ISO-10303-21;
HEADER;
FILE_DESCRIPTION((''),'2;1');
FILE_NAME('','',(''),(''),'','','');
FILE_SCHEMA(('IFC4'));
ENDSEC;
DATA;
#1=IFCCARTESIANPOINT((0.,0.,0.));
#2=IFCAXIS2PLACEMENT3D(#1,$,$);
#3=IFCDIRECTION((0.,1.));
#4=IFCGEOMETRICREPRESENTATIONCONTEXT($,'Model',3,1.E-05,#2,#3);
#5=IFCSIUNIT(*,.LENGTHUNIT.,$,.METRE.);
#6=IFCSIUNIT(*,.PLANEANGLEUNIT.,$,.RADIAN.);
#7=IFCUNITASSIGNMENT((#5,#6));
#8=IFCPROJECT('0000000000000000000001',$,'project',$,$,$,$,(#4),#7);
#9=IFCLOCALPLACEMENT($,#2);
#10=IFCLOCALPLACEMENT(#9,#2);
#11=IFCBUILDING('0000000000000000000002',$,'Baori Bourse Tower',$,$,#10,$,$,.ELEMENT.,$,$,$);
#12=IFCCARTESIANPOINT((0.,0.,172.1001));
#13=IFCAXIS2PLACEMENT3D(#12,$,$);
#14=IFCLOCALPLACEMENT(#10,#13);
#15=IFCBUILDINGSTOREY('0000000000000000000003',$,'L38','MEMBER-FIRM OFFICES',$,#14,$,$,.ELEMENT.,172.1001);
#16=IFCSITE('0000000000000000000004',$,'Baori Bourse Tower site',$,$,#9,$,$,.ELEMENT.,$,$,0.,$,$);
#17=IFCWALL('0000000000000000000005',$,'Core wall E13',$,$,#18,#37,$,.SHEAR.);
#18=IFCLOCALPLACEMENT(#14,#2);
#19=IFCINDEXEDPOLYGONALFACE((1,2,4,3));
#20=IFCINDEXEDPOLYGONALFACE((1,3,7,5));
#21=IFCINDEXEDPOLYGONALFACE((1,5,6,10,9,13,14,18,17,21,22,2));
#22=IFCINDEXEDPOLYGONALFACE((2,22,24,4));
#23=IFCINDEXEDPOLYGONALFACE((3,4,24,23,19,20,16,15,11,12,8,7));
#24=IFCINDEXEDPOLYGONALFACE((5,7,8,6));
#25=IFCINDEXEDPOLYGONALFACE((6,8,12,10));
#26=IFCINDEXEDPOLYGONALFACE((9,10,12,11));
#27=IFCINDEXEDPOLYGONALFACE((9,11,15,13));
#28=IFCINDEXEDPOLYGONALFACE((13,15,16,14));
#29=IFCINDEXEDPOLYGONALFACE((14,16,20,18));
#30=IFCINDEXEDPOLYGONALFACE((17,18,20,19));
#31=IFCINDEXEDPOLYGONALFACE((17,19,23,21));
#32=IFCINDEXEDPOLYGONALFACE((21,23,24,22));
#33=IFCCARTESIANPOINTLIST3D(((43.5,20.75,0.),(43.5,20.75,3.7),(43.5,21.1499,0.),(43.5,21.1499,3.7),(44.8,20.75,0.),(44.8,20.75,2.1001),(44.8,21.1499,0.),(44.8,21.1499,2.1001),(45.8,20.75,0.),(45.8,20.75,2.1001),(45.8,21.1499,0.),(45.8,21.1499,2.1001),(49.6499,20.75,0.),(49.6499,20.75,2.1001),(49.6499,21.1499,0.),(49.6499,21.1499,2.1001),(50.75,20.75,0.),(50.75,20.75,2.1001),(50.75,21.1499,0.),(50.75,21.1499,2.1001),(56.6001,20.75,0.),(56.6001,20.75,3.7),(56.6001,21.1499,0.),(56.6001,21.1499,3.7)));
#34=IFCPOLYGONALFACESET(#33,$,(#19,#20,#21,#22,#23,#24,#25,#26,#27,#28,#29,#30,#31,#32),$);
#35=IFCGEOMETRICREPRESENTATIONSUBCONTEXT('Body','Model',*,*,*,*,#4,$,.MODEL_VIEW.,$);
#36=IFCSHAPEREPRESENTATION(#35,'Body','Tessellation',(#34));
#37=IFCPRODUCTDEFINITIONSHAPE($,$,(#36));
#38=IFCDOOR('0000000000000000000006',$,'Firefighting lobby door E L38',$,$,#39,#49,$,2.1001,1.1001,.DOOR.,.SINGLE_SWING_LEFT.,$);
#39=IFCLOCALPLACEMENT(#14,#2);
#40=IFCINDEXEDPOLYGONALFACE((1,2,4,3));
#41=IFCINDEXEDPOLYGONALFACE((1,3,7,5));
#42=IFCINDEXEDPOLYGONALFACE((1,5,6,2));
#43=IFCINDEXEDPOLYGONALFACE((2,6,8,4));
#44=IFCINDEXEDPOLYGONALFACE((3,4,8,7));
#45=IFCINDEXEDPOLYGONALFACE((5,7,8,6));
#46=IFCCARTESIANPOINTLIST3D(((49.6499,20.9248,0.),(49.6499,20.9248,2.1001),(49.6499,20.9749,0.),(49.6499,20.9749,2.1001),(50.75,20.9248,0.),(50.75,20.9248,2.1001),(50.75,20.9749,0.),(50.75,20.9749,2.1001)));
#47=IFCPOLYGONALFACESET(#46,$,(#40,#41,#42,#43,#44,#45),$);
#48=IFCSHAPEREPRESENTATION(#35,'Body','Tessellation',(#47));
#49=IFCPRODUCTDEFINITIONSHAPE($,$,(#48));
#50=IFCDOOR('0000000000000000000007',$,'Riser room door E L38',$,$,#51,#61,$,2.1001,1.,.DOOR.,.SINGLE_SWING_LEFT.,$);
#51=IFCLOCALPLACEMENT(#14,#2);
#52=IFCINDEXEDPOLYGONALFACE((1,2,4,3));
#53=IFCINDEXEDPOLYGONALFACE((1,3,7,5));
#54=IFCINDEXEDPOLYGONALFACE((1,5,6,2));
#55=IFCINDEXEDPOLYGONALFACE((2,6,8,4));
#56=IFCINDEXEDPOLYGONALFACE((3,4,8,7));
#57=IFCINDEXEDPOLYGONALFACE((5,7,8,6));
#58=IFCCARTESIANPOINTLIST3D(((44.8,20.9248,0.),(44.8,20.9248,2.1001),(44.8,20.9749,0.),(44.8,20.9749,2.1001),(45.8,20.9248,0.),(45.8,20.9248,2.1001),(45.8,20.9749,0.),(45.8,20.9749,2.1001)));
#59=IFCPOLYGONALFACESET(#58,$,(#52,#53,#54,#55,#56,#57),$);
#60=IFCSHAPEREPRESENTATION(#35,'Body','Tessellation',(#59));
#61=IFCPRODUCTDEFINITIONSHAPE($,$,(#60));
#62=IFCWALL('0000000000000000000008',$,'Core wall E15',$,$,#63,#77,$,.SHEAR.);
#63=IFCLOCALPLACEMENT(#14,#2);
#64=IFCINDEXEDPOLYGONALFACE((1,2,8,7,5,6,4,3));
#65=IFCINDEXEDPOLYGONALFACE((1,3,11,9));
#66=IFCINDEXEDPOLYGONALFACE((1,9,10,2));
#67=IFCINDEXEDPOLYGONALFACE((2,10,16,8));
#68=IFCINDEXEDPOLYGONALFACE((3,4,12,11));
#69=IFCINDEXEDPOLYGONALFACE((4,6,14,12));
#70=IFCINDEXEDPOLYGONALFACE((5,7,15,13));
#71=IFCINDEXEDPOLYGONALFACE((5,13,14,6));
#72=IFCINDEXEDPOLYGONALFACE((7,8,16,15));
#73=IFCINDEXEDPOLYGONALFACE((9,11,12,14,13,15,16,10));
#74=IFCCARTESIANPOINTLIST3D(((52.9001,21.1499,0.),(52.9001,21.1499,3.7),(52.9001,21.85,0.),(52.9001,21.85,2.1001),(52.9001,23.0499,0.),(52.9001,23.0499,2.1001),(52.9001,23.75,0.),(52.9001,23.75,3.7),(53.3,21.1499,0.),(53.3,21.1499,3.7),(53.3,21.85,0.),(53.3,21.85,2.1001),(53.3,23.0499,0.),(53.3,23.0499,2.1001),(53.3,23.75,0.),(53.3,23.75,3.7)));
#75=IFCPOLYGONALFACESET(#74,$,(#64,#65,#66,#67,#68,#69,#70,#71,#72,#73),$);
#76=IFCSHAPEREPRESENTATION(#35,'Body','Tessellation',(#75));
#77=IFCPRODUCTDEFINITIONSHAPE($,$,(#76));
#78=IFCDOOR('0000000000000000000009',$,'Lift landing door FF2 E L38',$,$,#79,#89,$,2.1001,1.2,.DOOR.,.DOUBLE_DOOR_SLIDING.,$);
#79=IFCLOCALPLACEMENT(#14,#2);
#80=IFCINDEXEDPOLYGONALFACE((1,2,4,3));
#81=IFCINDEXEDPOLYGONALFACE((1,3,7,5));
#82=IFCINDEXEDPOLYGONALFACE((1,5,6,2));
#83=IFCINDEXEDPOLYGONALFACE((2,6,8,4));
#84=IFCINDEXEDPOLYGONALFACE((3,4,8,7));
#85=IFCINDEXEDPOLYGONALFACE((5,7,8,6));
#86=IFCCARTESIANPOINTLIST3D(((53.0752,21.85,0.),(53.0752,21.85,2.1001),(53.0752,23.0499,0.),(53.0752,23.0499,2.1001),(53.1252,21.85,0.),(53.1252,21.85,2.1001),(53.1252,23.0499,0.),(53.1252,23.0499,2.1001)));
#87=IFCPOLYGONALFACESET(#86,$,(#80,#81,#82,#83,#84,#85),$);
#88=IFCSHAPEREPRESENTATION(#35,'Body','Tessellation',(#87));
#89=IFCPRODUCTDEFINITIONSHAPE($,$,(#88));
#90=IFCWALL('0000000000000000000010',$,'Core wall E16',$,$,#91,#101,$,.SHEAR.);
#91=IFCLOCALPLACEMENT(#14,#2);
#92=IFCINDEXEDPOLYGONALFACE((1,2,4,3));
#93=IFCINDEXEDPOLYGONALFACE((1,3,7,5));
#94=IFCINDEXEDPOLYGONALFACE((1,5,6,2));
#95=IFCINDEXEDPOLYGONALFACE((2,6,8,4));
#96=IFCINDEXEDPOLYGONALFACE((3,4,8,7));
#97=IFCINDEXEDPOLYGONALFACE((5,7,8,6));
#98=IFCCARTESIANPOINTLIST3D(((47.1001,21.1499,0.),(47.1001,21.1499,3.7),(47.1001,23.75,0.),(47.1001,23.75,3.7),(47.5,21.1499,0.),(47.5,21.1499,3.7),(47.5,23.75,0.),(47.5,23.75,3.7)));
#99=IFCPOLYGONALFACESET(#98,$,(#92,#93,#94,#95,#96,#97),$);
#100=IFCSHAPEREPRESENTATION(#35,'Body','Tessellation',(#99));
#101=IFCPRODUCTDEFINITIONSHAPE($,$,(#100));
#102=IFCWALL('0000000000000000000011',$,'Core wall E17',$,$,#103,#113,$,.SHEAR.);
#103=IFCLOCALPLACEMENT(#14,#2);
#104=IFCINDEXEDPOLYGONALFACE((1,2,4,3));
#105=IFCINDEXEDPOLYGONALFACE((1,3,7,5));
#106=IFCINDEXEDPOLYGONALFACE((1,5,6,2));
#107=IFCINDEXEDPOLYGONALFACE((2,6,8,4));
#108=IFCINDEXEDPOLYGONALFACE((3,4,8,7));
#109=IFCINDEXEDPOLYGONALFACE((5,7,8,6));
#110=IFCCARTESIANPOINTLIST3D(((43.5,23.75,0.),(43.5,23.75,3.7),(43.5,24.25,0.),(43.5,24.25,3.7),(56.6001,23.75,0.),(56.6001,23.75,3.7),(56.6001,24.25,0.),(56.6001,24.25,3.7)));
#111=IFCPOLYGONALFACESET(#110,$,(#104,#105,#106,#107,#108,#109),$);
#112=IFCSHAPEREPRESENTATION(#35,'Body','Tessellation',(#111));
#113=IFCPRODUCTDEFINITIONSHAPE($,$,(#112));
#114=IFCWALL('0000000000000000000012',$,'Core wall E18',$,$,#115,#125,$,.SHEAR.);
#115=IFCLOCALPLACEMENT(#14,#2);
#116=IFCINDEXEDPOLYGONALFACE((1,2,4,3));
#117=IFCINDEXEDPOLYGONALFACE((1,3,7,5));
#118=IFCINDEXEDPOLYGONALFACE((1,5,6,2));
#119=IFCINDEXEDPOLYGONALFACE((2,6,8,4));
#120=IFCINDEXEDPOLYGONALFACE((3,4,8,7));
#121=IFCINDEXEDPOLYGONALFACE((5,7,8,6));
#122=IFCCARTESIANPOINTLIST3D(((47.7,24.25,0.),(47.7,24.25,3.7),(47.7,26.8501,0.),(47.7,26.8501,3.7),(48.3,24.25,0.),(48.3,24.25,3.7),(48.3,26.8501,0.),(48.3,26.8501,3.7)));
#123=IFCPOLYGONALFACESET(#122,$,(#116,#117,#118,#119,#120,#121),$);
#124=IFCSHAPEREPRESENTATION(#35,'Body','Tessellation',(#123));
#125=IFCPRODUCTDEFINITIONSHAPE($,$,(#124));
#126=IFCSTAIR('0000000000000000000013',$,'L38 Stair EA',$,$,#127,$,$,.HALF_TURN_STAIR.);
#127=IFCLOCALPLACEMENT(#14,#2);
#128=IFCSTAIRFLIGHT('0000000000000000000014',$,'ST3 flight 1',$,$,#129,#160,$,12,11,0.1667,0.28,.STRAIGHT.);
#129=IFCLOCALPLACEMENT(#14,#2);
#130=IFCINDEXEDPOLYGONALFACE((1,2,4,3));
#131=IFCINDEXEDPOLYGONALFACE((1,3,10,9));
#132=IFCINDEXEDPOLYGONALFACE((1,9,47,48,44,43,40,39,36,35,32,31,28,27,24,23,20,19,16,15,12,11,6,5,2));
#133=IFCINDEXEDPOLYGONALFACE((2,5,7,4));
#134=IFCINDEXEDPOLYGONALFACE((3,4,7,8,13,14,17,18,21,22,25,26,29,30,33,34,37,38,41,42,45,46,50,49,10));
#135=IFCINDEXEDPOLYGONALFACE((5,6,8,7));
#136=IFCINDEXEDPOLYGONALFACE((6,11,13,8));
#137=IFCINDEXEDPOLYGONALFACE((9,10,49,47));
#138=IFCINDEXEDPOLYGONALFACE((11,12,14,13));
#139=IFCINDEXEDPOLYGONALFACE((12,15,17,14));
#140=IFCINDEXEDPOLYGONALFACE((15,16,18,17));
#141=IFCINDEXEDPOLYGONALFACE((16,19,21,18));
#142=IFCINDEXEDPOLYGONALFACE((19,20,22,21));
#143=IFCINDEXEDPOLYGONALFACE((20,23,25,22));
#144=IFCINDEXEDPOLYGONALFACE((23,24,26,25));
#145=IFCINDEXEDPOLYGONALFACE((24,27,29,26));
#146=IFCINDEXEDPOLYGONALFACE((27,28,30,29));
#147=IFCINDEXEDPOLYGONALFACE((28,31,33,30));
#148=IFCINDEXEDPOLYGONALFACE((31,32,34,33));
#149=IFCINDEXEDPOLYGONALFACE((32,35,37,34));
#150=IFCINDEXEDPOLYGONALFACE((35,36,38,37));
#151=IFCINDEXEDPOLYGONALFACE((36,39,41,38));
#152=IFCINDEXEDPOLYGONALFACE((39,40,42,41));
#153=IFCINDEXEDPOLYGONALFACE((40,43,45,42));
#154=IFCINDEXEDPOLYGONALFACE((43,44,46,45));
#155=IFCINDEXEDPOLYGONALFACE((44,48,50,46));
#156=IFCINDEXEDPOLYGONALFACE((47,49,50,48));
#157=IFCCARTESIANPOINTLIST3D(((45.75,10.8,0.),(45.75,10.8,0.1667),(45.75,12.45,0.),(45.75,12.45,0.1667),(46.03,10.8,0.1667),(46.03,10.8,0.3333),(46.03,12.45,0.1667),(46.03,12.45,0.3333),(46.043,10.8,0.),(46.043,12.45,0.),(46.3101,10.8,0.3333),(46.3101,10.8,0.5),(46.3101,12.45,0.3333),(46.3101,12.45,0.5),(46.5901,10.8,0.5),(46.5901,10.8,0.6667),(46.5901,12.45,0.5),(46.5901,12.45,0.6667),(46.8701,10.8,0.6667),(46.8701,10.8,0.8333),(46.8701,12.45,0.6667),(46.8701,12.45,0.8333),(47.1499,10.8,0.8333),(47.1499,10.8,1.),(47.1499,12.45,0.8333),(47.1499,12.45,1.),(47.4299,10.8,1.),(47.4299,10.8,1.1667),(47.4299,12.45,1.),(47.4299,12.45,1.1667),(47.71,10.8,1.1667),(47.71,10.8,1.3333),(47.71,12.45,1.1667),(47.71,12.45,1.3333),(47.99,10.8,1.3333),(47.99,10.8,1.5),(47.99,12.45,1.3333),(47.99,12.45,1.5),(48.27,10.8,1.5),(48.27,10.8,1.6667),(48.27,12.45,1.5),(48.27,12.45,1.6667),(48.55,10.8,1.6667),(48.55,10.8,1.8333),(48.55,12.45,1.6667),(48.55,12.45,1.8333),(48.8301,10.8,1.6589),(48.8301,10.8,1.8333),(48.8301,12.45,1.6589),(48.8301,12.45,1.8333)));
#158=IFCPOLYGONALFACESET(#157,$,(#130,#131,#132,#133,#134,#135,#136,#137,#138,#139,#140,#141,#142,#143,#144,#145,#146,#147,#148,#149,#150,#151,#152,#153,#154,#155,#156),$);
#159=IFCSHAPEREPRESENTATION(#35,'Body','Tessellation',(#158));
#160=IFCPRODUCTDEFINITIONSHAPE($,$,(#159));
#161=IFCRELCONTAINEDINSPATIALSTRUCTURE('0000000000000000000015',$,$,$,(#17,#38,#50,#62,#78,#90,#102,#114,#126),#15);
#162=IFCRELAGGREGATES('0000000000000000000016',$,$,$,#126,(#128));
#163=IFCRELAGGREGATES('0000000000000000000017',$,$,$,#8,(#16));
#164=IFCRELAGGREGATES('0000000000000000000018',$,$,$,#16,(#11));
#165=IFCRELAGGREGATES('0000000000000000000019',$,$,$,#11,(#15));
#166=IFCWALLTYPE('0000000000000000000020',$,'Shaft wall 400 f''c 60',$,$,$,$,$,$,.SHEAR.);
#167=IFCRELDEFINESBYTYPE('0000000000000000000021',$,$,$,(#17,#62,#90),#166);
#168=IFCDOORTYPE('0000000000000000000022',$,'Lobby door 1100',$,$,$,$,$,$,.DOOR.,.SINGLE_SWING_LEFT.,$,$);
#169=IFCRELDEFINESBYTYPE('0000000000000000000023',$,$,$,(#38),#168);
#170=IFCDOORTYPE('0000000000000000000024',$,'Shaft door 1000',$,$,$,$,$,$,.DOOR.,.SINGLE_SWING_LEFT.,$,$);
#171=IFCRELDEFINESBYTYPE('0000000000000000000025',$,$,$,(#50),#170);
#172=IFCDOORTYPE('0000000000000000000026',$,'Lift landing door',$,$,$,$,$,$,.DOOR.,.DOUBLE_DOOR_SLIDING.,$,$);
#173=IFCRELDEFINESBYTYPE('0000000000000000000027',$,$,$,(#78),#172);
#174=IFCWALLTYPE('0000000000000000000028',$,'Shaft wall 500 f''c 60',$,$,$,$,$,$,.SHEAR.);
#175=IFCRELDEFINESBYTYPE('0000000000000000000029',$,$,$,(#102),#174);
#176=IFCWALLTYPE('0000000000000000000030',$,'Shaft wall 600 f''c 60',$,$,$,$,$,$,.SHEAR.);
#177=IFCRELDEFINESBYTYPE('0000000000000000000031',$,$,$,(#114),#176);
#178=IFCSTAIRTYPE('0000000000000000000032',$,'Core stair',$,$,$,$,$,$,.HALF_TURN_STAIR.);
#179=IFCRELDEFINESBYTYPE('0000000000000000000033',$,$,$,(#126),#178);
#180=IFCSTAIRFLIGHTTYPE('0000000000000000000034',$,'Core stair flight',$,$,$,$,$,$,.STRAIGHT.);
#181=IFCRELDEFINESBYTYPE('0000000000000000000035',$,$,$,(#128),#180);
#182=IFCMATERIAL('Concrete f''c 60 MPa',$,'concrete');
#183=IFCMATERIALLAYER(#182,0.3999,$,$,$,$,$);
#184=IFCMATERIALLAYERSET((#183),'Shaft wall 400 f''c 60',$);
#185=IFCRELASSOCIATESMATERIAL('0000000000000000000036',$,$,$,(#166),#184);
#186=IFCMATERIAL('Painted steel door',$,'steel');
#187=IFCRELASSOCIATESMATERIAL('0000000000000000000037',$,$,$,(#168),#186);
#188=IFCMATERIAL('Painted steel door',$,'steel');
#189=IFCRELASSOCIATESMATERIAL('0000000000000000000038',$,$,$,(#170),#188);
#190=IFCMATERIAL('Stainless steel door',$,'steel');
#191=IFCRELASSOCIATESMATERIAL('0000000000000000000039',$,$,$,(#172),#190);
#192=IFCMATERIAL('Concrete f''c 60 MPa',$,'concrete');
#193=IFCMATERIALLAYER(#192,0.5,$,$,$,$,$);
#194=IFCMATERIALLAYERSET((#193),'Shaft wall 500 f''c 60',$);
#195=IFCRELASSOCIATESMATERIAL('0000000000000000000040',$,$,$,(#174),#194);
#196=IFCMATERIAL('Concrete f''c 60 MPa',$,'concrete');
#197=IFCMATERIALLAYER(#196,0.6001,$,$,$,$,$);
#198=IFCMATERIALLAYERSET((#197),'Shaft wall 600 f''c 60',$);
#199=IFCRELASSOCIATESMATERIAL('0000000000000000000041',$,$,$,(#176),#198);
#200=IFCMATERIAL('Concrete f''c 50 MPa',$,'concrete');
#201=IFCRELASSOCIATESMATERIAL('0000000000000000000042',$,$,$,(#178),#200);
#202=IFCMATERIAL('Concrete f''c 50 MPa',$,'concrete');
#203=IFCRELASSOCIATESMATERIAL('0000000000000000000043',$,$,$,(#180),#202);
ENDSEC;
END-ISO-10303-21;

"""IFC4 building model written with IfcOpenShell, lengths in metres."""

from ifc_helpers import new_model, si_unit, direction, frame, frame_2d, origin, place, context, subcontext, project, spatial, polyline, rectangle, outline, extrude, material, layer, layer_set, type_object, element, fill, aggregate, save


model = new_model("IFC4")

# Units and contexts
model_context = context("Model", 3, precision=1e-05, world=origin(), true_north=direction((0.0, 1.0)))
body_context = subcontext(model_context, "Body", "Model", "MODEL_VIEW")
ifc_project = project(units=[si_unit("LENGTHUNIT", "METRE"), si_unit("PLANEANGLEUNIT", "RADIAN")], contexts=[model_context])

# Site, building, storey
site_placement = place(None, origin())
site = spatial("IfcSite", under=ifc_project, at=site_placement, Name="Baori Bourse Tower site", CompositionType="ELEMENT", RefElevation=0.0)
building_placement = place(site_placement, origin())
building = spatial("IfcBuilding", under=site, at=building_placement, Name="Baori Bourse Tower", CompositionType="ELEMENT")
storey_placement = place(building_placement, frame((0.0, 0.0, 172.1001)))
storey = spatial("IfcBuildingStorey", under=building, at=storey_placement, Name="L38", Description="MEMBER-FIRM OFFICES", CompositionType="ELEMENT", Elevation=172.1001)

# Wall, openings, doors
ifc_material_1 = material(Name="Concrete f'c 60 MPa", Category="concrete")
ifc_layer_1 = layer(ifc_material_1, 0.3999)
ifc_layer_set_1 = layer_set([ifc_layer_1], Name="Shaft wall 400 f'c 60")
wall_type_1 = type_object("IfcWallType", Name="Shaft wall 400 f'c 60", PredefinedType="SHEAR", material=ifc_layer_set_1)
wall_1_placement = place(storey_placement, frame((43.5, 20.95, 0.0), z_axis=(0.0, 0.0, 1.0), x_axis=(1.0, 0.0, 0.0)))
wall_1 = element("IfcWall", 1, at=wall_1_placement, inside=storey, type_object=wall_type_1, Name="Core wall E13", PredefinedType="SHEAR", context=body_context, shape_type="SweptSolid", body=[
    extrude(rectangle(XDim=13.1001, YDim=0.3999, at=frame_2d((6.55, 0.0))), origin(), (0.0, 0.0, 1.0), 3.7),
])
opening_1_placement = place(wall_1_placement, frame((6.1499, 0.0, 0.0)))
opening_1 = element("IfcOpeningElement", 2, at=opening_1_placement, cuts=wall_1, PredefinedType="OPENING", context=body_context, shape_type="SweptSolid", body=[
    extrude(rectangle(XDim=1.1001, YDim=2.1001, at=frame_2d((0.55, 1.05))), frame((0.0, 0.21, 0.0), z_axis=(0.0, -1.0, 0.0), x_axis=(1.0, 0.0, 0.0)), (0.0, 0.0, 1.0), 0.4199),
])
opening_2_placement = place(wall_1_placement, frame((1.3, 0.0, 0.0)))
opening_2 = element("IfcOpeningElement", 3, at=opening_2_placement, cuts=wall_1, PredefinedType="OPENING", context=body_context, shape_type="SweptSolid", body=[
    extrude(rectangle(XDim=1.0, YDim=2.1001, at=frame_2d((0.5, 1.05))), frame((0.0, 0.21, 0.0), z_axis=(0.0, -1.0, 0.0), x_axis=(1.0, 0.0, 0.0)), (0.0, 0.0, 1.0), 0.4199),
])
ifc_material_2 = material(Name="Painted steel door", Category="steel")
door_type_1 = type_object("IfcDoorType", Name="Lobby door 1100", OperationType="SINGLE_SWING_LEFT", PredefinedType="DOOR", material=ifc_material_2)
door_1_placement = place(opening_1_placement, origin())
door_1 = element("IfcDoor", 4, at=door_1_placement, inside=storey, type_object=door_type_1, Name="Firefighting lobby door E L38", OperationType="SINGLE_SWING_LEFT", OverallHeight=2.1001, OverallWidth=1.1001, PredefinedType="DOOR", context=body_context, shape_type="SweptSolid", body=[
    extrude(rectangle(XDim=1.1001, YDim=2.1001, at=frame_2d((0.55, 1.05))), frame((0.0, 0.0249, 0.0), z_axis=(0.0, -1.0, 0.0), x_axis=(1.0, 0.0, 0.0)), (0.0, 0.0, 1.0), 0.05),
])
fill(opening_1, door_1)
ifc_material_3 = material(Name="Painted steel door", Category="steel")
door_type_2 = type_object("IfcDoorType", Name="Shaft door 1000", OperationType="SINGLE_SWING_LEFT", PredefinedType="DOOR", material=ifc_material_3)
door_2_placement = place(opening_2_placement, origin())
door_2 = element("IfcDoor", 5, at=door_2_placement, inside=storey, type_object=door_type_2, Name="Riser room door E L38", OperationType="SINGLE_SWING_LEFT", OverallHeight=2.1001, OverallWidth=1.0, PredefinedType="DOOR", context=body_context, shape_type="SweptSolid", body=[
    extrude(rectangle(XDim=1.0, YDim=2.1001, at=frame_2d((0.5, 1.05))), frame((0.0, 0.0249, 0.0), z_axis=(0.0, -1.0, 0.0), x_axis=(1.0, 0.0, 0.0)), (0.0, 0.0, 1.0), 0.05),
])
fill(opening_2, door_2)

# Wall, opening, door
wall_2_placement = place(storey_placement, frame((53.1001, 21.1499, 0.0), z_axis=(0.0, 0.0, 1.0), x_axis=(0.0, 1.0, 0.0)))
wall_2 = element("IfcWall", 6, at=wall_2_placement, inside=storey, type_object=wall_type_1, Name="Core wall E15", PredefinedType="SHEAR", context=body_context, shape_type="SweptSolid", body=[
    extrude(rectangle(XDim=2.6001, YDim=0.3999, at=frame_2d((1.3, 0.0))), origin(), (0.0, 0.0, 1.0), 3.7),
])
opening_3_placement = place(wall_2_placement, frame((0.7, 0.0, 0.0)))
opening_3 = element("IfcOpeningElement", 7, at=opening_3_placement, cuts=wall_2, PredefinedType="OPENING", context=body_context, shape_type="SweptSolid", body=[
    extrude(rectangle(XDim=1.2, YDim=2.1001, at=frame_2d((0.6001, 1.05))), frame((0.0, 0.21, 0.0), z_axis=(0.0, -1.0, 0.0), x_axis=(1.0, 0.0, 0.0)), (0.0, 0.0, 1.0), 0.4199),
])
ifc_material_4 = material(Name="Stainless steel door", Category="steel")
door_type_3 = type_object("IfcDoorType", Name="Lift landing door", OperationType="DOUBLE_DOOR_SLIDING", PredefinedType="DOOR", material=ifc_material_4)
door_3_placement = place(opening_3_placement, origin())
door_3 = element("IfcDoor", 8, at=door_3_placement, inside=storey, type_object=door_type_3, Name="Lift landing door FF2 E L38", OperationType="DOUBLE_DOOR_SLIDING", OverallHeight=2.1001, OverallWidth=1.2, PredefinedType="DOOR", context=body_context, shape_type="SweptSolid", body=[
    extrude(rectangle(XDim=1.2, YDim=2.1001, at=frame_2d((0.6001, 1.05))), frame((0.0, 0.0249, 0.0), z_axis=(0.0, -1.0, 0.0), x_axis=(1.0, 0.0, 0.0)), (0.0, 0.0, 1.0), 0.05),
])
fill(opening_3, door_3)

# Walls
wall_3_placement = place(storey_placement, frame((47.3, 21.1499, 0.0), z_axis=(0.0, 0.0, 1.0), x_axis=(0.0, 1.0, 0.0)))
element("IfcWall", 9, at=wall_3_placement, inside=storey, type_object=wall_type_1, Name="Core wall E16", PredefinedType="SHEAR", context=body_context, shape_type="SweptSolid", body=[
    extrude(rectangle(XDim=2.6001, YDim=0.3999, at=frame_2d((1.3, 0.0))), origin(), (0.0, 0.0, 1.0), 3.7),
])
ifc_material_5 = material(Name="Concrete f'c 60 MPa", Category="concrete")
ifc_layer_2 = layer(ifc_material_5, 0.5)
ifc_layer_set_2 = layer_set([ifc_layer_2], Name="Shaft wall 500 f'c 60")
wall_type_2 = type_object("IfcWallType", Name="Shaft wall 500 f'c 60", PredefinedType="SHEAR", material=ifc_layer_set_2)
wall_4_placement = place(storey_placement, frame((43.5, 24.0, 0.0), z_axis=(0.0, 0.0, 1.0), x_axis=(1.0, 0.0, 0.0)))
element("IfcWall", 10, at=wall_4_placement, inside=storey, type_object=wall_type_2, Name="Core wall E17", PredefinedType="SHEAR", context=body_context, shape_type="SweptSolid", body=[
    extrude(rectangle(XDim=13.1001, YDim=0.5, at=frame_2d((6.55, 0.0))), origin(), (0.0, 0.0, 1.0), 3.7),
])
ifc_material_6 = material(Name="Concrete f'c 60 MPa", Category="concrete")
ifc_layer_3 = layer(ifc_material_6, 0.6001)
ifc_layer_set_3 = layer_set([ifc_layer_3], Name="Shaft wall 600 f'c 60")
wall_type_3 = type_object("IfcWallType", Name="Shaft wall 600 f'c 60", PredefinedType="SHEAR", material=ifc_layer_set_3)
wall_5_placement = place(storey_placement, frame((48.0, 24.25, 0.0), z_axis=(0.0, 0.0, 1.0), x_axis=(0.0, 1.0, 0.0)))
element("IfcWall", 11, at=wall_5_placement, inside=storey, type_object=wall_type_3, Name="Core wall E18", PredefinedType="SHEAR", context=body_context, shape_type="SweptSolid", body=[
    extrude(rectangle(XDim=2.6001, YDim=0.6001, at=frame_2d((1.3, 0.0))), origin(), (0.0, 0.0, 1.0), 3.7),
])

# Stair, stair flight
ifc_material_7 = material(Name="Concrete f'c 50 MPa", Category="concrete")
stair_type = type_object("IfcStairType", Name="Core stair", PredefinedType="HALF_TURN_STAIR", material=ifc_material_7)
stair_placement = place(storey_placement, origin())
stair = element("IfcStair", 12, at=stair_placement, inside=storey, type_object=stair_type, Name="L38 Stair EA", PredefinedType="HALF_TURN_STAIR")
ifc_material_8 = material(Name="Concrete f'c 50 MPa", Category="concrete")
stair_flight_type = type_object("IfcStairFlightType", Name="Core stair flight", PredefinedType="STRAIGHT", material=ifc_material_8)
stair_flight_1_placement = place(storey_placement, frame((45.75, 11.625, 0.0), z_axis=(0.0, 0.0, 1.0), x_axis=(1.0, 0.0, 0.0)))
stair_flight_1 = element("IfcStairFlight", 13, at=stair_flight_1_placement, type_object=stair_flight_type, Name="ST3 flight 1", NumberOfRisers=12, NumberOfTreads=11, PredefinedType="STRAIGHT", RiserHeight=0.1667, TreadLength=0.28, context=body_context, shape_type="SweptSolid", body=[
    extrude(outline(polyline([(0.0, 0.0), (0.0, 0.1667), (0.28, 0.1667), (0.28, 0.3333), (0.5601, 0.3333), (0.5601, 0.5), (0.8401, 0.5), (0.8401, 0.6667), (1.1201, 0.6667), (1.1201, 0.8333), (1.3999, 0.8333), (1.3999, 1.0), (1.6799, 1.0), (1.6799, 1.1667), (1.96, 1.1667), (1.96, 1.3333), (2.24, 1.3333), (2.24, 1.5), (2.52, 1.5), (2.52, 1.6667), (2.8, 1.6667), (2.8, 1.8333), (3.0801, 1.8333), (3.0801, 2.0), (3.0801, 1.6589), (0.293, 0.0), (0.0, 0.0)])), frame((0.0, 0.825, 0.0), z_axis=(0.0, -1.0, 0.0), x_axis=(1.0, 0.0, 0.0)), (0.0, 0.0, 1.0), 1.6499),
])
aggregate(stair, [stair_flight_1])

save(model, "model.ifc")
